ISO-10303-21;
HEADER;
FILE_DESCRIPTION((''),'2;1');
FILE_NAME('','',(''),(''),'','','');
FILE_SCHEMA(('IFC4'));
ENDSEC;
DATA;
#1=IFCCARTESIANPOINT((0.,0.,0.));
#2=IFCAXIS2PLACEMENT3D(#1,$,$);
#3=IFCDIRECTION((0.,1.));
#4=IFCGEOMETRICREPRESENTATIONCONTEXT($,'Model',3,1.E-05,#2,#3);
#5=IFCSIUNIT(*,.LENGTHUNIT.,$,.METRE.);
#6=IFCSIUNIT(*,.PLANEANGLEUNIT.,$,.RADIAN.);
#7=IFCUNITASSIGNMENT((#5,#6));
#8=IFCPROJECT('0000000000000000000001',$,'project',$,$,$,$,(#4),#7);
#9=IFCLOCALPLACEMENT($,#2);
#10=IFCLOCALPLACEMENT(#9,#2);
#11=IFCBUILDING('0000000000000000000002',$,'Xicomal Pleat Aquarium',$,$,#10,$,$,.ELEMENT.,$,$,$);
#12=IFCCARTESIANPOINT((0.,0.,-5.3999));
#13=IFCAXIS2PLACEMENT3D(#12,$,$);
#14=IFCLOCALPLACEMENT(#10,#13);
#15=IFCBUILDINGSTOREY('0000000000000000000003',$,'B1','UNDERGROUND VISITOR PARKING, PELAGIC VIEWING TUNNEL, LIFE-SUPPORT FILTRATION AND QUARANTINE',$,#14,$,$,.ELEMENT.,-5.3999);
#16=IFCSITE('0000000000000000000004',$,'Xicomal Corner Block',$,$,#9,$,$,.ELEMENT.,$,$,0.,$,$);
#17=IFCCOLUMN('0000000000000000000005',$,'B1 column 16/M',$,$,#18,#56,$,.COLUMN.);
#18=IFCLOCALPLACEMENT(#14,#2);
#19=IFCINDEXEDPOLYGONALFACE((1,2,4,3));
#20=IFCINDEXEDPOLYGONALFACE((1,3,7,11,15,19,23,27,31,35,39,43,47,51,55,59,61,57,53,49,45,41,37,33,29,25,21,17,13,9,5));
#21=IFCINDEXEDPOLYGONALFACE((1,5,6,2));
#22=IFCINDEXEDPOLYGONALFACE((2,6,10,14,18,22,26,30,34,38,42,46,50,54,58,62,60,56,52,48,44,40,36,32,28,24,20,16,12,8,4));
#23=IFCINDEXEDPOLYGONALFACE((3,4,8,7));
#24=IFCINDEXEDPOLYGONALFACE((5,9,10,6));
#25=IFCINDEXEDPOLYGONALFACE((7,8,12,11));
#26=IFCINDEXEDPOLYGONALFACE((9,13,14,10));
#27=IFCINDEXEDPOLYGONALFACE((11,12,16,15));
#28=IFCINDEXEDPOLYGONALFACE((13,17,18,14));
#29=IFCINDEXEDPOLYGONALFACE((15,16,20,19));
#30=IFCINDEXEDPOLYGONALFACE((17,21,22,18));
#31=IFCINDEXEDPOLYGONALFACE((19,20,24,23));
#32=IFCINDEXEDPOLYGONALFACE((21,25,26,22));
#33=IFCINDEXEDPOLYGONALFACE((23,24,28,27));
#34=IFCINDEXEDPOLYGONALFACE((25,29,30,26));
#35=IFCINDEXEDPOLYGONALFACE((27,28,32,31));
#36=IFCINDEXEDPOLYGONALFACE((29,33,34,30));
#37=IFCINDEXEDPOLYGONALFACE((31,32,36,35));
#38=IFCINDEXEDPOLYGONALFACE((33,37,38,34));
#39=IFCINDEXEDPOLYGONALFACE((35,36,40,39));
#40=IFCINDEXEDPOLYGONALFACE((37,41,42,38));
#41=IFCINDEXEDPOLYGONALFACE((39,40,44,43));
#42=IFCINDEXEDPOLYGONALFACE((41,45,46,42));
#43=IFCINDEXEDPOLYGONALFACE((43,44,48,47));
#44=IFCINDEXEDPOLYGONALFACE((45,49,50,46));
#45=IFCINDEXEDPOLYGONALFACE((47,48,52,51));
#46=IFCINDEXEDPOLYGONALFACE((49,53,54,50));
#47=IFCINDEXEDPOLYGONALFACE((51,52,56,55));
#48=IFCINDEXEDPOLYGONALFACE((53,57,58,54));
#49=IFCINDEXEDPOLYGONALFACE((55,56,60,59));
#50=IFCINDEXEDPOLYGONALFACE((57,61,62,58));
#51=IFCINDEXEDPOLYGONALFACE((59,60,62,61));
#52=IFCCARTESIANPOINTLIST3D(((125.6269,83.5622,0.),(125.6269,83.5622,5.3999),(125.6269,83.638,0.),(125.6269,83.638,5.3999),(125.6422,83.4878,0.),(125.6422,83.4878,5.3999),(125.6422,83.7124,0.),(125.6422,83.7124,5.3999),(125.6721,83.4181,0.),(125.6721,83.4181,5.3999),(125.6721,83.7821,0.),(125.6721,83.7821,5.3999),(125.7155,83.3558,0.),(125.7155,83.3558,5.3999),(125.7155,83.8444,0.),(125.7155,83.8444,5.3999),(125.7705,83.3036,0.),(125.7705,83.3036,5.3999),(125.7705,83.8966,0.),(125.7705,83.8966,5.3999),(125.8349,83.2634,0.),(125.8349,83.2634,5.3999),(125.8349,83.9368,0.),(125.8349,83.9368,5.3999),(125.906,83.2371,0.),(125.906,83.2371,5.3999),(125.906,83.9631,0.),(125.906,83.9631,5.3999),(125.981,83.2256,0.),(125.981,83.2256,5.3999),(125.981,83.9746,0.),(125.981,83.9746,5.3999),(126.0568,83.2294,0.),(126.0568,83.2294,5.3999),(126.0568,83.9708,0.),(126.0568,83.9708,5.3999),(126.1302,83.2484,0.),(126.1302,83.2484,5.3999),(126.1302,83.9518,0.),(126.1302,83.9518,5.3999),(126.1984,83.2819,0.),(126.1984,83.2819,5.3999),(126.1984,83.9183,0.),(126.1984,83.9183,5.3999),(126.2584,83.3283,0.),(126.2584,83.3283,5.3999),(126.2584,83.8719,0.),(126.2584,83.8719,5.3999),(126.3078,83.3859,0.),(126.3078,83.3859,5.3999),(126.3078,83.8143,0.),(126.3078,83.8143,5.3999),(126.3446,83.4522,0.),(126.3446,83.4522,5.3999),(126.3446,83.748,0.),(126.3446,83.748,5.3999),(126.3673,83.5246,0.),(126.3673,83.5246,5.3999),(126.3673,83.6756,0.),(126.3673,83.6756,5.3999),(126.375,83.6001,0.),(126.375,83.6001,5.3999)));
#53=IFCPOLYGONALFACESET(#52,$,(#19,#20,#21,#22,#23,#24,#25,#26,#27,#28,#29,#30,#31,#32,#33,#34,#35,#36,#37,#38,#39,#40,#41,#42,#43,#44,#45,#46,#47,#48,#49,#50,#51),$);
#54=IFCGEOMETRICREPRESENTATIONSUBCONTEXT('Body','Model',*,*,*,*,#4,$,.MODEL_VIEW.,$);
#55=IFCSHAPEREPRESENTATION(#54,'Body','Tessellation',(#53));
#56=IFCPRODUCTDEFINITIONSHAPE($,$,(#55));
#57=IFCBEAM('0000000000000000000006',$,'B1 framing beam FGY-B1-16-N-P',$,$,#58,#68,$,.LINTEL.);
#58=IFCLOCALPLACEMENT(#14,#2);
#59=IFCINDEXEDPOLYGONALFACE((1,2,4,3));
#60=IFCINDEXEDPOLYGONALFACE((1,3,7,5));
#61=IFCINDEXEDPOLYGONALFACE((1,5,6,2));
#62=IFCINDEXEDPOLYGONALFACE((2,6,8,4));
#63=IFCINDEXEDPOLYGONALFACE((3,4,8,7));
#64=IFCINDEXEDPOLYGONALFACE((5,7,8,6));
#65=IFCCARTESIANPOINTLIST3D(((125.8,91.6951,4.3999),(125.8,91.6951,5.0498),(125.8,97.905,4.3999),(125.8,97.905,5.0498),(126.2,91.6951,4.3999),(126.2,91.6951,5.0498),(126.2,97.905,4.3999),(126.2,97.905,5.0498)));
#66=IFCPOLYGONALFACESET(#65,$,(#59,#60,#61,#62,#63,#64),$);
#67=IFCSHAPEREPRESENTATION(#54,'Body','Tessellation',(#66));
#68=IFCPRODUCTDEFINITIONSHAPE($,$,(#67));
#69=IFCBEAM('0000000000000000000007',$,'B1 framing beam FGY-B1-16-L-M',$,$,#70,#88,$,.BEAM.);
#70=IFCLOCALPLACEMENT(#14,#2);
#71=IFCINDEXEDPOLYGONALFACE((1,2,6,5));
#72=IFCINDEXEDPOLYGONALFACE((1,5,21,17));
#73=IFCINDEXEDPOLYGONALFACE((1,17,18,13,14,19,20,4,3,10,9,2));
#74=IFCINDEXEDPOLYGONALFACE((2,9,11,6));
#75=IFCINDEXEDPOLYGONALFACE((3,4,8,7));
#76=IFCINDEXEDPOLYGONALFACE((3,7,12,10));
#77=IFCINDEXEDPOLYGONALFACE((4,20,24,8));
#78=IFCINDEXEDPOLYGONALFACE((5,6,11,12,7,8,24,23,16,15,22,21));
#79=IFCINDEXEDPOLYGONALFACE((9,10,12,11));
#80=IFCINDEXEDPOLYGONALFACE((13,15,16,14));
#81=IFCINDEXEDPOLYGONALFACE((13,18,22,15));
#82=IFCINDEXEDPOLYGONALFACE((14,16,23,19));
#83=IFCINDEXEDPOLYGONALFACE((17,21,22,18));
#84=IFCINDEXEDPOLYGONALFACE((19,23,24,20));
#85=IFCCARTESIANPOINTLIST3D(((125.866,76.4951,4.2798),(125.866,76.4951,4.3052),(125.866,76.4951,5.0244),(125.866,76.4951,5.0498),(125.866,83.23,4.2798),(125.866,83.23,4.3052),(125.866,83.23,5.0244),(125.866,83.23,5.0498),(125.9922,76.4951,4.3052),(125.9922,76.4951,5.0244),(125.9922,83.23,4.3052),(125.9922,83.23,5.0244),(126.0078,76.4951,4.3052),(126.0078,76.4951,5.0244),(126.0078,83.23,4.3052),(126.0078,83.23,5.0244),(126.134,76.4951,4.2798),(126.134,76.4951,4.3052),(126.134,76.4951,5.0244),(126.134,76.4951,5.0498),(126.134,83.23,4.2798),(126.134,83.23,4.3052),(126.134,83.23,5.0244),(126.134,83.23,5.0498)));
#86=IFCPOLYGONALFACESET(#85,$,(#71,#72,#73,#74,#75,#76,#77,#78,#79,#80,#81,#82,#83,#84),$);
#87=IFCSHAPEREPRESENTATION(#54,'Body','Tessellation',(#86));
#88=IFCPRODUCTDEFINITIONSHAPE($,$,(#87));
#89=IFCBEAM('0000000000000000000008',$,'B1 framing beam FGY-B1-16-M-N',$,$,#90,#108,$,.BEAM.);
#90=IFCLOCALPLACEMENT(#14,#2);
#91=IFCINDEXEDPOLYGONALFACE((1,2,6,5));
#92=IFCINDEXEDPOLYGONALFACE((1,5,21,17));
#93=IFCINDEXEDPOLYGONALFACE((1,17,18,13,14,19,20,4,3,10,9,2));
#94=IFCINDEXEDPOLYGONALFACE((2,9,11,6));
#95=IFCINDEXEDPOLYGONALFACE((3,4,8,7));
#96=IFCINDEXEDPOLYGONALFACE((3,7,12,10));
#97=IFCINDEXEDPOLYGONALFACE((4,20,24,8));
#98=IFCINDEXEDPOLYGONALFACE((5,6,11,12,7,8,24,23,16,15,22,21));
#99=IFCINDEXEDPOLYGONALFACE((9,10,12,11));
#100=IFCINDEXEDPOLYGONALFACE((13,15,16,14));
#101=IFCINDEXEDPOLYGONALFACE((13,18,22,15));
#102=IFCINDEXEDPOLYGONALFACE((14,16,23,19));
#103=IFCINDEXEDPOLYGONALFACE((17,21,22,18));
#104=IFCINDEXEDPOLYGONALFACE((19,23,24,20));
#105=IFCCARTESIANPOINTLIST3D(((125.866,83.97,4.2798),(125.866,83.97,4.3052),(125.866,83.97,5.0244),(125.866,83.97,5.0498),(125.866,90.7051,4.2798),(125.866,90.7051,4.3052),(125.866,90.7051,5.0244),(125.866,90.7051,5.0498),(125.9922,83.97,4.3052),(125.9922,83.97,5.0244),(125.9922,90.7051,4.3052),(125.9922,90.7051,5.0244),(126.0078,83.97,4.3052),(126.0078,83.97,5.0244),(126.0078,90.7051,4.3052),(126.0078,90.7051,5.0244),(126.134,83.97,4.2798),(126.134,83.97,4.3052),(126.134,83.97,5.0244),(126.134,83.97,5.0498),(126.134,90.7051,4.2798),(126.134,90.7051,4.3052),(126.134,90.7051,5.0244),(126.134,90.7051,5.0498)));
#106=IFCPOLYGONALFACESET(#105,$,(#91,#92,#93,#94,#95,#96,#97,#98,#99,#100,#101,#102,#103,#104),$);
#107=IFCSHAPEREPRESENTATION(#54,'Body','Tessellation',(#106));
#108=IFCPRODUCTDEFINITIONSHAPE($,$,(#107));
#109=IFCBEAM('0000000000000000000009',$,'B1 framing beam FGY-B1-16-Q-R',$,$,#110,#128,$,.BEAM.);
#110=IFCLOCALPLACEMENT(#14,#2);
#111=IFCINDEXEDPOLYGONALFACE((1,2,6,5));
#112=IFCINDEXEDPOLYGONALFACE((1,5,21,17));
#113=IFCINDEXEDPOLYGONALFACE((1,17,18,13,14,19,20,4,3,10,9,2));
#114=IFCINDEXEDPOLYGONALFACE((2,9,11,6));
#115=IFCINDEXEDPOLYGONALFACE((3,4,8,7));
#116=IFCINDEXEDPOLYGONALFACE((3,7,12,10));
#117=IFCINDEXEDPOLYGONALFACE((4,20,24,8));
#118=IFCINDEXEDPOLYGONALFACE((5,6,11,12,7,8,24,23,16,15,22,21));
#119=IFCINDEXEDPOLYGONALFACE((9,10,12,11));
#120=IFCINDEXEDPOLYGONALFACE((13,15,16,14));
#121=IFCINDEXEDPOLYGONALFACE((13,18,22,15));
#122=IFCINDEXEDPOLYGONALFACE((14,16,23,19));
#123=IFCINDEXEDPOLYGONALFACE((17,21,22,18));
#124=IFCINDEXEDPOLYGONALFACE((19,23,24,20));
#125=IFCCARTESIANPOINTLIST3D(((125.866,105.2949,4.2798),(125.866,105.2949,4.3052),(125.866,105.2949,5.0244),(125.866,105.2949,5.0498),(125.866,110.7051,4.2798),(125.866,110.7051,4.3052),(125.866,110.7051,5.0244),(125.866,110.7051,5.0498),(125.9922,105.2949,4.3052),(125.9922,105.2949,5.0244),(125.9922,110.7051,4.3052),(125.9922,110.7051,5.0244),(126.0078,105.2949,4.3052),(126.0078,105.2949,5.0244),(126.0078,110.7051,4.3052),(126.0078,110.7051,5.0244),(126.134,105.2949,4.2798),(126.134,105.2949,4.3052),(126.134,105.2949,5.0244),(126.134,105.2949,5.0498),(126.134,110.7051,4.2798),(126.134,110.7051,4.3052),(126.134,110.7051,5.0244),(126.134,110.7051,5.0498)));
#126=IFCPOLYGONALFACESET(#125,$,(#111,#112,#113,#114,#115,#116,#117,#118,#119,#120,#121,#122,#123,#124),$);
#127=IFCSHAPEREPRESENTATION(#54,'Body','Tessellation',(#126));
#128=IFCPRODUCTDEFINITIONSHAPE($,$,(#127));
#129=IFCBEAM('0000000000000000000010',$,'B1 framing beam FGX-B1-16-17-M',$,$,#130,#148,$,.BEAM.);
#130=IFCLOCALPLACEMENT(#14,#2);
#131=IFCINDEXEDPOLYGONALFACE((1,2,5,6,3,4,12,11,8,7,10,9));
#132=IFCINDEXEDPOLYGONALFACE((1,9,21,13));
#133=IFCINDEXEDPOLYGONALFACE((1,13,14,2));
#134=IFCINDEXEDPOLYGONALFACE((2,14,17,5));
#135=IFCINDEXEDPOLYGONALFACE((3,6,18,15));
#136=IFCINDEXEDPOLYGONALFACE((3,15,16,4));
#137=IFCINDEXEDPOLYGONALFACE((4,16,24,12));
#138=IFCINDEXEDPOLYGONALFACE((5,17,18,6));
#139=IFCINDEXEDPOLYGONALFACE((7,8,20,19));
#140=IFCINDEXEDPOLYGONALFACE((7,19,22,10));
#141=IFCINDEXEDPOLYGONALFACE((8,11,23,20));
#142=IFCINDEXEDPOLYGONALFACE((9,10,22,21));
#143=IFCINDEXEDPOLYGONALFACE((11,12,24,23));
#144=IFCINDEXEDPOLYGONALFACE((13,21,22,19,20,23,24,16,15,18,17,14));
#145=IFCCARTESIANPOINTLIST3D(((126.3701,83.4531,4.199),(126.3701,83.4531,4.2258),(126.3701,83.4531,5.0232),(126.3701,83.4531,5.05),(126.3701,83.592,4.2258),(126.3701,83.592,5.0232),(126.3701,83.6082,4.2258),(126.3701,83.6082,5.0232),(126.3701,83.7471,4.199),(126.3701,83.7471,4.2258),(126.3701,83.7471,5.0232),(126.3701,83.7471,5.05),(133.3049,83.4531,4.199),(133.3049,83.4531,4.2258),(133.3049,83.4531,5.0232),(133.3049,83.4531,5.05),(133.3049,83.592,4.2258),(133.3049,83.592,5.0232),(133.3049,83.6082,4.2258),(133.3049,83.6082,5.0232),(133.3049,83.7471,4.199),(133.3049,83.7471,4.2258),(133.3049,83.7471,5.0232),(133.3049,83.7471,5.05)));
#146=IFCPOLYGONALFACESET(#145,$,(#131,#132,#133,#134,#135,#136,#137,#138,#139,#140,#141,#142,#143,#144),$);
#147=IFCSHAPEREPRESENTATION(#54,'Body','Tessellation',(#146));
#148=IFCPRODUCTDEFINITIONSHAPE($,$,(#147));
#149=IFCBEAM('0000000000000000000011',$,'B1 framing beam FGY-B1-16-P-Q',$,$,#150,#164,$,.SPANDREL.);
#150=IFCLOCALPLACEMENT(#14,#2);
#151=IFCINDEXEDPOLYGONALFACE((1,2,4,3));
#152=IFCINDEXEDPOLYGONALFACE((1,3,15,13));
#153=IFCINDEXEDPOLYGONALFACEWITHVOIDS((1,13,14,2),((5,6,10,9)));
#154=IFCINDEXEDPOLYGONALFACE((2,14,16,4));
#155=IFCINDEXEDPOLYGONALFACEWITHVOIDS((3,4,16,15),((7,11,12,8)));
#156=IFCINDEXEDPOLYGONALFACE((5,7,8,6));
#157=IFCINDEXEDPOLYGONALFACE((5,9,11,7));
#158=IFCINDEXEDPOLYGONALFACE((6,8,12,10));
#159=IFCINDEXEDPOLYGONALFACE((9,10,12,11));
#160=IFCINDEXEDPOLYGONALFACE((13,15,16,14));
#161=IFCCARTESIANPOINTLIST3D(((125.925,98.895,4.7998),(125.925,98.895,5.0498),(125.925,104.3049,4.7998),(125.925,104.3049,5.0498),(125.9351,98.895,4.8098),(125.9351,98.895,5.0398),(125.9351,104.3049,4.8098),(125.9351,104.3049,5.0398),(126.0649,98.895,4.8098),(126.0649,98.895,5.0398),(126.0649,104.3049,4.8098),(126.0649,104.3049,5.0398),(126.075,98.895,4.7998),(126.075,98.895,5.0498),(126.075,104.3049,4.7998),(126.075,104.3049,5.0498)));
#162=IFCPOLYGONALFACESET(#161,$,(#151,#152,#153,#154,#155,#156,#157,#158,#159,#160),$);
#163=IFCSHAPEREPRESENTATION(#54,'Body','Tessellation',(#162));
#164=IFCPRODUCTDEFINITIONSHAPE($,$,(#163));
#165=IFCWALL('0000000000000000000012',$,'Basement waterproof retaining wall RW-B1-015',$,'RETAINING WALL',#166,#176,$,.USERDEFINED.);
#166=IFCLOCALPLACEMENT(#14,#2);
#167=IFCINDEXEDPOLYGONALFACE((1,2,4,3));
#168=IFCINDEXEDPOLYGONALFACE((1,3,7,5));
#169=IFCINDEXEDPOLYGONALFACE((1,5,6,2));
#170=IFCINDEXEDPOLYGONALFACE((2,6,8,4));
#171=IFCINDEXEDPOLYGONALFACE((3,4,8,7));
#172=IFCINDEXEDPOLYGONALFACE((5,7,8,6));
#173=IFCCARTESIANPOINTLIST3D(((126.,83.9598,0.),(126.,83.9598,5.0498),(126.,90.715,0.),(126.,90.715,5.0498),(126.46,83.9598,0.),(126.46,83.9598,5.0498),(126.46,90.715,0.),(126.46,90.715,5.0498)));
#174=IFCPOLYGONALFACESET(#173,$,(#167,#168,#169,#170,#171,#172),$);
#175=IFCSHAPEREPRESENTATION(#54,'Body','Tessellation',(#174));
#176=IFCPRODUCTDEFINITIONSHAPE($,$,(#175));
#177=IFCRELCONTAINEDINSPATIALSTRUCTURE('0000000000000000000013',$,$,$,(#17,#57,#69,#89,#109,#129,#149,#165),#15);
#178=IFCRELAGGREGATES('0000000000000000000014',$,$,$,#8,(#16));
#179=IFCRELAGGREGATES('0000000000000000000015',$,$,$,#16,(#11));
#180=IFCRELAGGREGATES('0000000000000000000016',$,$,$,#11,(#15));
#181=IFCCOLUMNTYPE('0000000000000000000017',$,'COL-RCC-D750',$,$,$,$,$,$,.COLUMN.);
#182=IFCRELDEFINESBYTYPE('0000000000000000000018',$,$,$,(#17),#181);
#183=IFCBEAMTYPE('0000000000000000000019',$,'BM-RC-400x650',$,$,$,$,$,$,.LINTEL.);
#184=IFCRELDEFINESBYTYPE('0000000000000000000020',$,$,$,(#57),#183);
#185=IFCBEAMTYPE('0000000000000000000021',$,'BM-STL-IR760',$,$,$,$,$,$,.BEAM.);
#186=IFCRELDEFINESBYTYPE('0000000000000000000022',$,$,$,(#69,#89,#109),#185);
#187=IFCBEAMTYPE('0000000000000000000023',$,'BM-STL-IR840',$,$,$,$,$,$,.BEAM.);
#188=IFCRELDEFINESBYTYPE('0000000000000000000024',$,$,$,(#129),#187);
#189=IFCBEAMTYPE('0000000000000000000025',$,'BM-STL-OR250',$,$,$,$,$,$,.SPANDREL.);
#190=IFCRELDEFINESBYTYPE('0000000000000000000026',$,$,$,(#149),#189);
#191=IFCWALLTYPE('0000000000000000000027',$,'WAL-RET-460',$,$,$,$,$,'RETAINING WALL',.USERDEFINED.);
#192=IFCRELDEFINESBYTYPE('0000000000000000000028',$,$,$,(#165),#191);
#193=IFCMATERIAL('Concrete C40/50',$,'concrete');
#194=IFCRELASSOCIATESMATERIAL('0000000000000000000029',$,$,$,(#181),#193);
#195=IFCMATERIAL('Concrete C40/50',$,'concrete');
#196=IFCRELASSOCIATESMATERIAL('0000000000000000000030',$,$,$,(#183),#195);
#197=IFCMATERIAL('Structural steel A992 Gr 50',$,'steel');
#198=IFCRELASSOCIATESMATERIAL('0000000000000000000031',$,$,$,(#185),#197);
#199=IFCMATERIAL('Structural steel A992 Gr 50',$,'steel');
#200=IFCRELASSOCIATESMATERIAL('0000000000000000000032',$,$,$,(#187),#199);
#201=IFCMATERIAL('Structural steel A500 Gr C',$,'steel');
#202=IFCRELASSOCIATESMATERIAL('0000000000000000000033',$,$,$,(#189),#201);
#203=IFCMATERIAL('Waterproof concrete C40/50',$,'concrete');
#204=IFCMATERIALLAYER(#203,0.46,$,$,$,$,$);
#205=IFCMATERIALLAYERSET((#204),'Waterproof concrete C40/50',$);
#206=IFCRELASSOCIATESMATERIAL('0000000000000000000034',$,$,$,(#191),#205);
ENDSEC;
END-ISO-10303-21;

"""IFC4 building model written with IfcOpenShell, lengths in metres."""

from ifc_helpers import new_model, si_unit, direction, frame, frame_2d, origin, origin_2d, place, context, subcontext, project, spatial, rectangle, hollow_rectangle, circle, i_section, extrude, material, layer, layer_set, material_profile, profile_set, type_object, element, save


model = new_model("IFC4")

# Units and contexts
model_context = context("Model", 3, precision=1e-05, world=origin(), true_north=direction((0.0, 1.0)))
body_context = subcontext(model_context, "Body", "Model", "MODEL_VIEW")
ifc_project = project(units=[si_unit("LENGTHUNIT", "METRE"), si_unit("PLANEANGLEUNIT", "RADIAN")], contexts=[model_context])

# Site, building, storey
site_placement = place(None, origin())
site = spatial("IfcSite", under=ifc_project, at=site_placement, Name="Xicomal Corner Block", CompositionType="ELEMENT", RefElevation=0.0)
building_placement = place(site_placement, origin())
building = spatial("IfcBuilding", under=site, at=building_placement, Name="Xicomal Pleat Aquarium", CompositionType="ELEMENT")
storey_placement = place(building_placement, frame((0.0, 0.0, -5.3999)))
storey = spatial("IfcBuildingStorey", under=building, at=storey_placement, Name="B1", Description="UNDERGROUND VISITOR PARKING, PELAGIC VIEWING TUNNEL, LIFE-SUPPORT FILTRATION AND QUARANTINE", CompositionType="ELEMENT", Elevation=-5.3999)

# Column
ifc_material_1 = material(Name="Concrete C40/50", Category="concrete")
ifc_material_profile_1 = material_profile(ifc_material_1, circle(Radius=0.375, at=origin_2d()), Name="RCC D750")
ifc_profile_set_1 = profile_set([ifc_material_profile_1], Name="Concrete C40/50")
column_type_1 = type_object("IfcColumnType", Name="COL-RCC-D750", PredefinedType="COLUMN", material=ifc_profile_set_1)
column_1_placement = place(storey_placement, frame((126.0, 83.6001, 0.0), z_axis=(0.0, 0.0, 1.0), x_axis=(1.0, 0.0, 0.0)))
element("IfcColumn", 1, at=column_1_placement, inside=storey, type_object=column_type_1, Name="B1 column 16/M", PredefinedType="COLUMN", context=body_context, shape_type="SweptSolid", body=[
    extrude(circle(Radius=0.375, at=origin_2d()), origin(), (0.0, 0.0, 1.0), 5.3999),
])

# Beams
ifc_material_2 = material(Name="Concrete C40/50", Category="concrete")
ifc_material_profile_2 = material_profile(ifc_material_2, rectangle(XDim=0.3999, YDim=0.6499, at=origin_2d()), Name="RC 400x650")
ifc_profile_set_2 = profile_set([ifc_material_profile_2], Name="Concrete C40/50")
beam_type_1 = type_object("IfcBeamType", Name="BM-RC-400x650", PredefinedType="LINTEL", material=ifc_profile_set_2)
beam_1_placement = place(storey_placement, frame((126.0, 91.6951, 4.7249), z_axis=(0.0, 1.0, 0.0), x_axis=(-1.0, 0.0, 0.0)))
element("IfcBeam", 2, at=beam_1_placement, inside=storey, type_object=beam_type_1, Name="B1 framing beam FGY-B1-16-N-P", PredefinedType="LINTEL", context=body_context, shape_type="SweptSolid", body=[
    extrude(rectangle(XDim=0.3999, YDim=0.6499, at=origin_2d()), origin(), (0.0, 0.0, 1.0), 6.21),
])
ifc_material_3 = material(Name="Structural steel A992 Gr 50", Category="steel")
ifc_material_profile_3 = material_profile(ifc_material_3, i_section(OverallWidth=0.2681, OverallDepth=0.77, WebThickness=0.0156, FlangeThickness=0.0254, at=origin_2d()), Name="IR 760x196")
ifc_profile_set_3 = profile_set([ifc_material_profile_3], Name="Structural steel A992 Gr 50")
beam_type_2 = type_object("IfcBeamType", Name="BM-STL-IR760", PredefinedType="BEAM", material=ifc_profile_set_3)
beam_2_placement = place(storey_placement, frame((126.0, 76.4951, 4.6648), z_axis=(0.0, 1.0, 0.0), x_axis=(-1.0, 0.0, 0.0)))
element("IfcBeam", 3, at=beam_2_placement, inside=storey, type_object=beam_type_2, Name="B1 framing beam FGY-B1-16-L-M", PredefinedType="BEAM", context=body_context, shape_type="SweptSolid", body=[
    extrude(i_section(OverallWidth=0.2681, OverallDepth=0.77, WebThickness=0.0156, FlangeThickness=0.0254, at=origin_2d()), origin(), (0.0, 0.0, 1.0), 6.7349),
])
beam_3_placement = place(storey_placement, frame((126.0, 83.97, 4.6648), z_axis=(0.0, 1.0, 0.0), x_axis=(-1.0, 0.0, 0.0)))
element("IfcBeam", 4, at=beam_3_placement, inside=storey, type_object=beam_type_2, Name="B1 framing beam FGY-B1-16-M-N", PredefinedType="BEAM", context=body_context, shape_type="SweptSolid", body=[
    extrude(i_section(OverallWidth=0.2681, OverallDepth=0.77, WebThickness=0.0156, FlangeThickness=0.0254, at=origin_2d()), origin(), (0.0, 0.0, 1.0), 6.7351),
])
beam_4_placement = place(storey_placement, frame((126.0, 105.2949, 4.6648), z_axis=(0.0, 1.0, 0.0), x_axis=(-1.0, 0.0, 0.0)))
element("IfcBeam", 5, at=beam_4_placement, inside=storey, type_object=beam_type_2, Name="B1 framing beam FGY-B1-16-Q-R", PredefinedType="BEAM", context=body_context, shape_type="SweptSolid", body=[
    extrude(i_section(OverallWidth=0.2681, OverallDepth=0.77, WebThickness=0.0156, FlangeThickness=0.0254, at=origin_2d()), origin(), (0.0, 0.0, 1.0), 5.4102),
])
ifc_material_4 = material(Name="Structural steel A992 Gr 50", Category="steel")
ifc_material_profile_4 = material_profile(ifc_material_4, i_section(OverallWidth=0.2939, OverallDepth=0.8511, WebThickness=0.0161, FlangeThickness=0.0269, at=origin_2d()), Name="IR 840x226")
ifc_profile_set_4 = profile_set([ifc_material_profile_4], Name="Structural steel A992 Gr 50")
beam_type_3 = type_object("IfcBeamType", Name="BM-STL-IR840", PredefinedType="BEAM", material=ifc_profile_set_4)
beam_5_placement = place(storey_placement, frame((126.3701, 83.6001, 4.6245), z_axis=(1.0, 0.0, 0.0), x_axis=(0.0, 1.0, 0.0)))
element("IfcBeam", 6, at=beam_5_placement, inside=storey, type_object=beam_type_3, Name="B1 framing beam FGX-B1-16-17-M", PredefinedType="BEAM", context=body_context, shape_type="SweptSolid", body=[
    extrude(i_section(OverallWidth=0.2939, OverallDepth=0.8511, WebThickness=0.0161, FlangeThickness=0.0269, at=origin_2d()), origin(), (0.0, 0.0, 1.0), 6.9348),
])
ifc_material_5 = material(Name="Structural steel A500 Gr C", Category="steel")
ifc_material_profile_5 = material_profile(ifc_material_5, hollow_rectangle(XDim=0.1499, YDim=0.25, WallThickness=0.01, at=origin_2d()), Name="OR 250x150x10")
ifc_profile_set_5 = profile_set([ifc_material_profile_5], Name="Structural steel A500 Gr C")
beam_type_4 = type_object("IfcBeamType", Name="BM-STL-OR250", PredefinedType="SPANDREL", material=ifc_profile_set_5)
beam_6_placement = place(storey_placement, frame((126.0, 98.895, 4.9248), z_axis=(0.0, 1.0, 0.0), x_axis=(-1.0, 0.0, 0.0)))
element("IfcBeam", 7, at=beam_6_placement, inside=storey, type_object=beam_type_4, Name="B1 framing beam FGY-B1-16-P-Q", PredefinedType="SPANDREL", context=body_context, shape_type="SweptSolid", body=[
    extrude(hollow_rectangle(XDim=0.1499, YDim=0.25, WallThickness=0.01, at=origin_2d()), origin(), (0.0, 0.0, 1.0), 5.4099),
])

# Wall
ifc_material_6 = material(Name="Waterproof concrete C40/50", Category="concrete")
ifc_layer_1 = layer(ifc_material_6, 0.46)
ifc_layer_set_1 = layer_set([ifc_layer_1], Name="Waterproof concrete C40/50")
wall_type_1 = type_object("IfcWallType", Name="WAL-RET-460", ElementType="RETAINING WALL", PredefinedType="USERDEFINED", material=ifc_layer_set_1)
wall_1_placement = place(storey_placement, frame((126.23, 83.96, 0.0), z_axis=(0.0, 0.0, 1.0), x_axis=(0.0, 1.0, 0.0)))
element("IfcWall", 8, at=wall_1_placement, inside=storey, type_object=wall_type_1, Name="Basement waterproof retaining wall RW-B1-015", ObjectType="RETAINING WALL", PredefinedType="USERDEFINED", context=body_context, shape_type="SweptSolid", body=[
    extrude(rectangle(XDim=6.7551, YDim=0.46, at=frame_2d((3.3774, 0.0))), origin(), (0.0, 0.0, 1.0), 5.0498),
])

save(model, "model.ifc")
